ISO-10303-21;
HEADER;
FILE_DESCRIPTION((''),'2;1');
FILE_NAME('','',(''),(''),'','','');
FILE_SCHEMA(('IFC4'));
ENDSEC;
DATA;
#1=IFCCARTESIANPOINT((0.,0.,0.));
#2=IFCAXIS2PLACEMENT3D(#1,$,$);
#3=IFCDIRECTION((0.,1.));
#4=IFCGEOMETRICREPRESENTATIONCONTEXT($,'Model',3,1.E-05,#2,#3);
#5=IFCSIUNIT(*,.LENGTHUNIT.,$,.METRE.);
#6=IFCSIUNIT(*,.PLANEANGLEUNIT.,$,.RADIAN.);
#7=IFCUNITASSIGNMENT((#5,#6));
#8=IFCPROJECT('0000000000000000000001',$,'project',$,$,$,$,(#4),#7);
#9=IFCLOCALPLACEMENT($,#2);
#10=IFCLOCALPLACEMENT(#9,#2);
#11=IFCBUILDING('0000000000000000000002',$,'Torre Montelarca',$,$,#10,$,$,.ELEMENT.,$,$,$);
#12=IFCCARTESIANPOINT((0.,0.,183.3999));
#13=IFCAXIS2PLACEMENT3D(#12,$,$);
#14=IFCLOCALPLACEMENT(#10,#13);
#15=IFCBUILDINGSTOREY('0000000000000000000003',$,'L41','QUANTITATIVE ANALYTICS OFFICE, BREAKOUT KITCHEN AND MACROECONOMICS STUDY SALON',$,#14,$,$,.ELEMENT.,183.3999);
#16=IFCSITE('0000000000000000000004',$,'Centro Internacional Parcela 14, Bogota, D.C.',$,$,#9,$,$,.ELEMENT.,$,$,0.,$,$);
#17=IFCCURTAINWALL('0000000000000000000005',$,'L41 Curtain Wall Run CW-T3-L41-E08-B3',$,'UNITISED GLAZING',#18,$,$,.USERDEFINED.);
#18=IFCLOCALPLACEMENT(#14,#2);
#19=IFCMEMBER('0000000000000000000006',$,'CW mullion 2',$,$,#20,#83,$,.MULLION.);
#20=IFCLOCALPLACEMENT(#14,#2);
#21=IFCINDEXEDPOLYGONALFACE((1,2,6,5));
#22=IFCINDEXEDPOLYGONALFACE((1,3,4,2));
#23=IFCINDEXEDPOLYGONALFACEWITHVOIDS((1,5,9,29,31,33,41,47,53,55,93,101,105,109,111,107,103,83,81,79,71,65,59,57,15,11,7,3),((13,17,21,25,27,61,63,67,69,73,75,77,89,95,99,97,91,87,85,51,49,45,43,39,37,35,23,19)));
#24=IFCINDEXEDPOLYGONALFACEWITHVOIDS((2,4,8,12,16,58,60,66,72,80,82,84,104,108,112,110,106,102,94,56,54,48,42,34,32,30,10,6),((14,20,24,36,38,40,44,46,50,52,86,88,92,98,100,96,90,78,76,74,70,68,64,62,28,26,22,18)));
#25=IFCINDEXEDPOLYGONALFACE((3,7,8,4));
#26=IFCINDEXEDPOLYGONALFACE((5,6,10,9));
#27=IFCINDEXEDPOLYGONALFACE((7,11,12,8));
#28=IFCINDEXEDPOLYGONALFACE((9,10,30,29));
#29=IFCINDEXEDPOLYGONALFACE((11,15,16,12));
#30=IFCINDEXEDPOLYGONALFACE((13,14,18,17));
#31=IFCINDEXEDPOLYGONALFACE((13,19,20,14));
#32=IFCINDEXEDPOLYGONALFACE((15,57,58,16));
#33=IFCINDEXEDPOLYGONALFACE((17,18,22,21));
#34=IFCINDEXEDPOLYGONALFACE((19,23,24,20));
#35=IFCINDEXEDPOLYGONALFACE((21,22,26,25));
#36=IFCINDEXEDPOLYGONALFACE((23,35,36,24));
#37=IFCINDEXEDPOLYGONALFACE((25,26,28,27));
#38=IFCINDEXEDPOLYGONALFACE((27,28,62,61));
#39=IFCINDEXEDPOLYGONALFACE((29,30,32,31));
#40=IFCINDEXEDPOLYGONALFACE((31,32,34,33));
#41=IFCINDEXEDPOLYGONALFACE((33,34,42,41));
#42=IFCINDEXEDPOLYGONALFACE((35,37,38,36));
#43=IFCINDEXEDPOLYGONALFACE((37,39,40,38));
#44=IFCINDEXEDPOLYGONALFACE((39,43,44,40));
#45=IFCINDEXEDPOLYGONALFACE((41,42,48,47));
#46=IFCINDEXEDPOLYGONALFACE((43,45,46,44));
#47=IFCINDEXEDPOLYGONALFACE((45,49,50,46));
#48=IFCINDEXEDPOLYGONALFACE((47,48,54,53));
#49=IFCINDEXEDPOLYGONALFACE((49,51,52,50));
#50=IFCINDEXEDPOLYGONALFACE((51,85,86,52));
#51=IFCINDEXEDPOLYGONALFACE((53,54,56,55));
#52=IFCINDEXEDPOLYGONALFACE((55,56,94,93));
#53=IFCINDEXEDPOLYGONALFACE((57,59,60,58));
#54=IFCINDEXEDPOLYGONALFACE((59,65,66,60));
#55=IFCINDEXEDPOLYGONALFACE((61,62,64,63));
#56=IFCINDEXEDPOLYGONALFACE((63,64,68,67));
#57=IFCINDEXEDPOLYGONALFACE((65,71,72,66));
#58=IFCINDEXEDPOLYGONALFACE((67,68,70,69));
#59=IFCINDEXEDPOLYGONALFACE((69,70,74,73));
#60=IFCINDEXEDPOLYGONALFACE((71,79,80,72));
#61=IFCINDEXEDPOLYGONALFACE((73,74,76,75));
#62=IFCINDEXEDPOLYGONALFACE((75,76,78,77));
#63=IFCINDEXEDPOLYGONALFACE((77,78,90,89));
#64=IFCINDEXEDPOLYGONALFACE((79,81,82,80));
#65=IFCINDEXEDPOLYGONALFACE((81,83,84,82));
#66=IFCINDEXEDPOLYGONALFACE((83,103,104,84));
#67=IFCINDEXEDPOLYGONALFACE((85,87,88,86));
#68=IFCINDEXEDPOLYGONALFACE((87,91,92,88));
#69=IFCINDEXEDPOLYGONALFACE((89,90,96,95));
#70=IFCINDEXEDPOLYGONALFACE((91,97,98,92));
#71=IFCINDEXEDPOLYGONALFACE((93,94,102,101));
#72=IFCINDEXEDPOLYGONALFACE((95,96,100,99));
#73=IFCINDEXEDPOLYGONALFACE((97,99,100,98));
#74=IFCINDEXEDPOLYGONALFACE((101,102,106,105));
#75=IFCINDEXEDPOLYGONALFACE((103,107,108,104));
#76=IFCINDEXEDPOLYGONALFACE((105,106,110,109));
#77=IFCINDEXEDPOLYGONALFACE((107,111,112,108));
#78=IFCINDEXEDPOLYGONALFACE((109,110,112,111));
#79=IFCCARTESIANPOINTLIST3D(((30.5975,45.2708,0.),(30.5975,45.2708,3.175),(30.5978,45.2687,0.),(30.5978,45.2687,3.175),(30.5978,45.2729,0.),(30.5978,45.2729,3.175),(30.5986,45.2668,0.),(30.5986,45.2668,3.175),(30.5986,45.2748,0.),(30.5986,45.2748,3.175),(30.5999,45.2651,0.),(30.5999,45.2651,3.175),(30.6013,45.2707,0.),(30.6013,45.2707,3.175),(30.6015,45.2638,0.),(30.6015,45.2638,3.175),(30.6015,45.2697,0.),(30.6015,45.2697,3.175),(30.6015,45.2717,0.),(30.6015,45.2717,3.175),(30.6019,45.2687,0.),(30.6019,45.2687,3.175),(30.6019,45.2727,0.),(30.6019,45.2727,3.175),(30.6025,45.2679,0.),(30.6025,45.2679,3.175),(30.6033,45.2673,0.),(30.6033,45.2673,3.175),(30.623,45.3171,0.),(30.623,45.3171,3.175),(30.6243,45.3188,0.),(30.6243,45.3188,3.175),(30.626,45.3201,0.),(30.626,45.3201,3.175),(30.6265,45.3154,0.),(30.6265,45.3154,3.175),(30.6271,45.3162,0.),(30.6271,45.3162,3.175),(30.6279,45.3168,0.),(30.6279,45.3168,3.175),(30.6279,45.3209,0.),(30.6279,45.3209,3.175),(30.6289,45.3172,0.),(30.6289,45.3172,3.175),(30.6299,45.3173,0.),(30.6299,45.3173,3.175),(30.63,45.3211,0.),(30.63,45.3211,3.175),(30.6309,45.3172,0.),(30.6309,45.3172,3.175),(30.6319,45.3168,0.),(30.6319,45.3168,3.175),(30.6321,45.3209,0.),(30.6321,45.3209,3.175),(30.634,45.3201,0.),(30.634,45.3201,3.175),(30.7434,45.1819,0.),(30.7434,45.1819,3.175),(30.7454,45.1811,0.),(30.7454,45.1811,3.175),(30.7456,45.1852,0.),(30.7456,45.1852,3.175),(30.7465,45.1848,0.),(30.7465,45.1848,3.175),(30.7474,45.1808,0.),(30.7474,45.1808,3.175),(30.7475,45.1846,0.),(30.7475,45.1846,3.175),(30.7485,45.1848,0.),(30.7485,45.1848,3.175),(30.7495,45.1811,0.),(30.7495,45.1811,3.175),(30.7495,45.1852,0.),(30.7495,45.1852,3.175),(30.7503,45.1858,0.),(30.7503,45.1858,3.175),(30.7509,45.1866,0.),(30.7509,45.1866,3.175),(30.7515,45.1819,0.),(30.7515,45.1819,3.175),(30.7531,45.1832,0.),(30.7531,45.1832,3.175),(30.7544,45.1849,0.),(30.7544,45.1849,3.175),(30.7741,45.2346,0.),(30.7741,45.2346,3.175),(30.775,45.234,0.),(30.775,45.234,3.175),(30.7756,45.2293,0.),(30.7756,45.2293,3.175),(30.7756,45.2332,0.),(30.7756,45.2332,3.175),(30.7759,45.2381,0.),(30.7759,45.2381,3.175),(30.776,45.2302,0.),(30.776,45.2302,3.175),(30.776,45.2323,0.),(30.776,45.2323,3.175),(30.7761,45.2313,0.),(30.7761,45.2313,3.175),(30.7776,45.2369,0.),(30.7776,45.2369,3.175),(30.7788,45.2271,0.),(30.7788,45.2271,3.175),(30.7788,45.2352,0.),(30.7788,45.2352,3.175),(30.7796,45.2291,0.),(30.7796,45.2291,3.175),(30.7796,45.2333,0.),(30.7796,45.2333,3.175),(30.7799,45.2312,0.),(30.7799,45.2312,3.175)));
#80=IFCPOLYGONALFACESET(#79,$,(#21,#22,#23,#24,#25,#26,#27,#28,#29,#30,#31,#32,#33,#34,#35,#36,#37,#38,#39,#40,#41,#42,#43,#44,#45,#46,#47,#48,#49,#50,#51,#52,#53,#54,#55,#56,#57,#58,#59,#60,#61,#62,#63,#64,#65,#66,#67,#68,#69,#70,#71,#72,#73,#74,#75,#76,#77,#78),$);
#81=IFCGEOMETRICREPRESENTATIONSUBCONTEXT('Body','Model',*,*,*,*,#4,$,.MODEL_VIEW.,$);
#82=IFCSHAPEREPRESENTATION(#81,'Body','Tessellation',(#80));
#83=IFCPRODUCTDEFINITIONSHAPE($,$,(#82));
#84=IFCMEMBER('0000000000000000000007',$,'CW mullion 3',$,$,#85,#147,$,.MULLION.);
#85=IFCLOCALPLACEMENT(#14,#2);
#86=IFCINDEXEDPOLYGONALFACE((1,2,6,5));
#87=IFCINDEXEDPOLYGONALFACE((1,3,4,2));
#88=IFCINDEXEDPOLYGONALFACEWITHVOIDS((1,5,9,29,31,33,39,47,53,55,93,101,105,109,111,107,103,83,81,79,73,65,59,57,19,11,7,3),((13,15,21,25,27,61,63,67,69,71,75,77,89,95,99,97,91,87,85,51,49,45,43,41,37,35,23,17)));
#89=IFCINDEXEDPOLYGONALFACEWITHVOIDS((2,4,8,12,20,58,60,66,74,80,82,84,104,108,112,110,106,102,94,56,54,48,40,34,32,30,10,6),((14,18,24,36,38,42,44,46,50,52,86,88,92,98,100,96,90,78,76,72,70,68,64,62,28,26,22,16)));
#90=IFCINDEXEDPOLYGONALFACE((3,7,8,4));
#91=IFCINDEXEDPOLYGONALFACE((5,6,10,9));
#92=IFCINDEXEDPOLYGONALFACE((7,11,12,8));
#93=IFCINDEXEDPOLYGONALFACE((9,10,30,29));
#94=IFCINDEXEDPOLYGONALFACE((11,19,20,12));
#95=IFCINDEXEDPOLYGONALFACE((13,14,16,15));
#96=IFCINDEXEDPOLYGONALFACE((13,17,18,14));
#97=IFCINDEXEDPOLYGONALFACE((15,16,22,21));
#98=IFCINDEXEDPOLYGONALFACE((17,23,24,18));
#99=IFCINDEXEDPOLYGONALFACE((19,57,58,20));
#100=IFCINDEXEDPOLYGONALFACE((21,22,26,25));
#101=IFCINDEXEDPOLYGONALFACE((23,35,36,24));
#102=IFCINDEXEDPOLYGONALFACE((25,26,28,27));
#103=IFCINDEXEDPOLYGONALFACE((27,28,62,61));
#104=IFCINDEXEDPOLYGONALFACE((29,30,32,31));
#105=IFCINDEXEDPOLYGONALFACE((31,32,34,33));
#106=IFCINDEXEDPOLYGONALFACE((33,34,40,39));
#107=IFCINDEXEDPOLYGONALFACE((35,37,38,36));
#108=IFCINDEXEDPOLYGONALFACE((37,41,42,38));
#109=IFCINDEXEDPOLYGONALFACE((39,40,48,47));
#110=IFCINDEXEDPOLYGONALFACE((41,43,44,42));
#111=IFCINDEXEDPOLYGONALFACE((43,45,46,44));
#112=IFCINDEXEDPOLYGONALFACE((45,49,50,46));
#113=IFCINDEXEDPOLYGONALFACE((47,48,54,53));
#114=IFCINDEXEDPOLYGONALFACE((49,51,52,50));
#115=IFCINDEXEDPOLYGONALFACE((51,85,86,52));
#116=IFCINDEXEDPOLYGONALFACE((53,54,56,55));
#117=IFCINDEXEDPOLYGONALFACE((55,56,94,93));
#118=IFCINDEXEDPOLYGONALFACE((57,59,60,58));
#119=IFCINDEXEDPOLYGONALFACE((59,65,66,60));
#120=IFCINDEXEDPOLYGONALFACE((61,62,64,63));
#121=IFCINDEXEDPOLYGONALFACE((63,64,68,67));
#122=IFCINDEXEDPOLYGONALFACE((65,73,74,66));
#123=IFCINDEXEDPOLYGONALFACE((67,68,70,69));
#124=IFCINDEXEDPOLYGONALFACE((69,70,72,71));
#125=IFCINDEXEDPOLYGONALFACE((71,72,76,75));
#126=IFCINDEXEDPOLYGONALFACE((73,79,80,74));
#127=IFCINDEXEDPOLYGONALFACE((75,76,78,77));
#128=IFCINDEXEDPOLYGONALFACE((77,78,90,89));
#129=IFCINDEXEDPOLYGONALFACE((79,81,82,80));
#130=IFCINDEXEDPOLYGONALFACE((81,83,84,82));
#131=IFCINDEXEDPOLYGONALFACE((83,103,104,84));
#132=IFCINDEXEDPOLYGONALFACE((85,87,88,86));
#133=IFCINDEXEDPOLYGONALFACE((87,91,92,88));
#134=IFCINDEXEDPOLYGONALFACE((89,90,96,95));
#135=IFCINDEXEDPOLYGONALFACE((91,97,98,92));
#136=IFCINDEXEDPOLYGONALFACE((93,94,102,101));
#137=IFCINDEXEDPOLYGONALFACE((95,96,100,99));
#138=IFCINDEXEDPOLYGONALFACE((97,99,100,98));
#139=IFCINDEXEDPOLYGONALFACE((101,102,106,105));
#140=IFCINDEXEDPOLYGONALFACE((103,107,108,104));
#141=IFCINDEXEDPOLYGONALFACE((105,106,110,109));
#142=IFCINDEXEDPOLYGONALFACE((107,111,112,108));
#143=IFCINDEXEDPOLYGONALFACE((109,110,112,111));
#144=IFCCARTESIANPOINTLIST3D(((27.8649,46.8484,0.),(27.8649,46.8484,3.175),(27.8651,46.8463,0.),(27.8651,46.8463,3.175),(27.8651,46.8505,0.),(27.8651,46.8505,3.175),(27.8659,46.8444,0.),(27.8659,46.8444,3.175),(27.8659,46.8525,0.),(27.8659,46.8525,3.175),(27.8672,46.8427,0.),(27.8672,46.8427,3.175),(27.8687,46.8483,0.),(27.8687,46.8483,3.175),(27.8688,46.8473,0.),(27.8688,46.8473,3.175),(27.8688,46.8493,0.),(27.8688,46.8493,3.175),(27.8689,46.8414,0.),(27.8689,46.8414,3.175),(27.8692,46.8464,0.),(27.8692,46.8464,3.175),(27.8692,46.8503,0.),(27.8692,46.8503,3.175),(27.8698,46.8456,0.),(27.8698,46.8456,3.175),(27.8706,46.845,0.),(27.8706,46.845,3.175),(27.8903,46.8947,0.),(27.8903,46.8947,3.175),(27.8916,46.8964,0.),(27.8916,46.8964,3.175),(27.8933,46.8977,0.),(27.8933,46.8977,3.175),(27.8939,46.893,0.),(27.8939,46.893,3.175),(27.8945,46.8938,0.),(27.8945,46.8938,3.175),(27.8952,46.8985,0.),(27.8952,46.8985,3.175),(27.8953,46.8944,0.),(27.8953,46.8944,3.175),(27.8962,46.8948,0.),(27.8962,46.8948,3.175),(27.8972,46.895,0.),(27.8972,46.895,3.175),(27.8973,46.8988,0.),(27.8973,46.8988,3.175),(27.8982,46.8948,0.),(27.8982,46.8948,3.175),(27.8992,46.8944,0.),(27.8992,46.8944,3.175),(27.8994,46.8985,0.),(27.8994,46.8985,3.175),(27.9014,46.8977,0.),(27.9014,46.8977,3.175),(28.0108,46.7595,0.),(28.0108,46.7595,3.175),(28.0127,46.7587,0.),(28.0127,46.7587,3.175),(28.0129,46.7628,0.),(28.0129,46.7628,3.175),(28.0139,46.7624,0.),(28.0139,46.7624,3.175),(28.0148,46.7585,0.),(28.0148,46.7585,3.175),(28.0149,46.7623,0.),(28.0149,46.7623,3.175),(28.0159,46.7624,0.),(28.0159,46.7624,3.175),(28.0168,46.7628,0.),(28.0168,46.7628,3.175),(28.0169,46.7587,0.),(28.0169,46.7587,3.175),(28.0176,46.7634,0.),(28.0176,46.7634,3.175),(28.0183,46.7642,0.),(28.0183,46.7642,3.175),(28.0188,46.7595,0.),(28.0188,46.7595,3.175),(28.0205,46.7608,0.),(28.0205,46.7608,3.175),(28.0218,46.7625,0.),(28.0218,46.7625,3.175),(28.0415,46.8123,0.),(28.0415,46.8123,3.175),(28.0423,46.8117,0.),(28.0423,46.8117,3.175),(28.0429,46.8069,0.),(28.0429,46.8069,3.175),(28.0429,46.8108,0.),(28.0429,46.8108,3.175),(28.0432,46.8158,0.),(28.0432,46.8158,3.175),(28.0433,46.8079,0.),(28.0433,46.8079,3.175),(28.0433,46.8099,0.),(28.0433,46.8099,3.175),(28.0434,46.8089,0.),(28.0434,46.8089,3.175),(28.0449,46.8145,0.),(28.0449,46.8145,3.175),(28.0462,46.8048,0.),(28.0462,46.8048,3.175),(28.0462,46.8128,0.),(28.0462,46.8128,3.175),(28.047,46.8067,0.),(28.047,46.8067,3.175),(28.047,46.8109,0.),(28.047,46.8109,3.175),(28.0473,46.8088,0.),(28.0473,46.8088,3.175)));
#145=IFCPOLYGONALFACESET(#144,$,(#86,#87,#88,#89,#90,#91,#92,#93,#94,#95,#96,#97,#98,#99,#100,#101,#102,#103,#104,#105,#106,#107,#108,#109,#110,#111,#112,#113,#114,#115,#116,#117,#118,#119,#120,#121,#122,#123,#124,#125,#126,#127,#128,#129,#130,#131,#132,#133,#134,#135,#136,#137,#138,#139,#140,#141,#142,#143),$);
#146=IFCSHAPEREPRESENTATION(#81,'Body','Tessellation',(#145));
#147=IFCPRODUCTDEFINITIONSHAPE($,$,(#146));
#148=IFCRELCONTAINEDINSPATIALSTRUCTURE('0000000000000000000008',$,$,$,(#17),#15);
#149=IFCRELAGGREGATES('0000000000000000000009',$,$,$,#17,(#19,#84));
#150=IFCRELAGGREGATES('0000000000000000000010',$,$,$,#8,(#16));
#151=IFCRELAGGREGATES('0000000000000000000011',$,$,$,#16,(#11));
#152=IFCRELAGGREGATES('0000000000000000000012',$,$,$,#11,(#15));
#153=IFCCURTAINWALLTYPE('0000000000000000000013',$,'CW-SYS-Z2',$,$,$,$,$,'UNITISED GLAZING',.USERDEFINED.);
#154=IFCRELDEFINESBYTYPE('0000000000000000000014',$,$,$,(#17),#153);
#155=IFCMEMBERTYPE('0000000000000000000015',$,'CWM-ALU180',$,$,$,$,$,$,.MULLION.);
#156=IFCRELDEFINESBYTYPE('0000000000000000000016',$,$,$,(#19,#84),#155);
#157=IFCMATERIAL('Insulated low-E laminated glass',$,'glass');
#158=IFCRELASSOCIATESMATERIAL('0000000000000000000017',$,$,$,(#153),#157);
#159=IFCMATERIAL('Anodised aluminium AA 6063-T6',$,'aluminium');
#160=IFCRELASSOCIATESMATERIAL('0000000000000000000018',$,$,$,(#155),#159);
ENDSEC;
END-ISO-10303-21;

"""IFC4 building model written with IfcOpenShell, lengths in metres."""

from ifc_helpers import new_model, si_unit, direction, frame, origin, origin_2d, place, context, subcontext, project, spatial, hollow_rectangle, extrude, source, transform, mapped, material, material_profile, profile_set, type_object, element, aggregate, save


model = new_model("IFC4")

# Units and contexts
model_context = context("Model", 3, precision=1e-05, world=origin(), true_north=direction((0.0, 1.0)))
body_context = subcontext(model_context, "Body", "Model", "MODEL_VIEW")
ifc_project = project(units=[si_unit("LENGTHUNIT", "METRE"), si_unit("PLANEANGLEUNIT", "RADIAN")], contexts=[model_context])

# Site, building, storey
site_placement = place(None, origin())
site = spatial("IfcSite", under=ifc_project, at=site_placement, Name="Centro Internacional Parcela 14, Bogota, D.C.", CompositionType="ELEMENT", RefElevation=0.0)
building_placement = place(site_placement, origin())
building = spatial("IfcBuilding", under=site, at=building_placement, Name="Torre Montelarca", CompositionType="ELEMENT")
storey_placement = place(building_placement, frame((0.0, 0.0, 183.3999)))
storey = spatial("IfcBuildingStorey", under=building, at=storey_placement, Name="L41", Description="QUANTITATIVE ANALYTICS OFFICE, BREAKOUT KITCHEN AND MACROECONOMICS STUDY SALON", CompositionType="ELEMENT", Elevation=183.3999)

# Shared definitions
ifc_material_1 = material(Name="Insulated low-E laminated glass", Category="glass")
curtain_wall_type = type_object("IfcCurtainWallType", Name="CW-SYS-Z2", ElementType="UNITISED GLAZING", PredefinedType="USERDEFINED", material=ifc_material_1)
ifc_material_2 = material(Name="Anodised aluminium AA 6063-T6", Category="aluminium")
ifc_material_profile_1 = material_profile(ifc_material_2, hollow_rectangle(XDim=0.0649, YDim=0.1799, WallThickness=0.0039, InnerFilletRadius=0.0039, OuterFilletRadius=0.0081, at=origin_2d()), Name="ALU65X180X4", Category="aluminium")
ifc_profile_set_1 = profile_set([ifc_material_profile_1], Name="Anodised aluminium AA 6063-T6")
member_type_1 = type_object("IfcMemberType", Name="CWM-ALU180", PredefinedType="MULLION", material=ifc_profile_set_1)
shared_shape_1 = source(origin(), body_context, "Body", "SweptSolid", [
    extrude(hollow_rectangle(XDim=0.0649, YDim=0.1799, WallThickness=0.0039, InnerFilletRadius=0.0039, OuterFilletRadius=0.0081, at=origin_2d()), origin(), (0.0, 0.0, 1.0), 3.175),
])

# Curtain wall, members
curtain_wall_1_placement = place(storey_placement, origin())
curtain_wall_1 = element("IfcCurtainWall", 1, at=curtain_wall_1_placement, inside=storey, type_object=curtain_wall_type, Name="L41 Curtain Wall Run CW-T3-L41-E08-B3", ObjectType="UNITISED GLAZING", PredefinedType="USERDEFINED")
member_1_placement = place(storey_placement, frame((30.6887, 45.251, 0.0), z_axis=(0.0, 0.0, 1.0), x_axis=(-0.5, -0.866025, 0.0)))
member_1 = element("IfcMember", 2, at=member_1_placement, type_object=member_type_1, Name="CW mullion 2", PredefinedType="MULLION", context=body_context, shape_type="MappedRepresentation", body=[
    mapped(shared_shape_1, transform((0.0, 0.0, 0.0), scale=1.0)),
])
member_2_placement = place(storey_placement, frame((27.9561, 46.8286, 0.0), z_axis=(0.0, 0.0, 1.0), x_axis=(-0.5, -0.866025, 0.0)))
member_2 = element("IfcMember", 3, at=member_2_placement, type_object=member_type_1, Name="CW mullion 3", PredefinedType="MULLION", context=body_context, shape_type="MappedRepresentation", body=[
    mapped(shared_shape_1, transform((0.0, 0.0, 0.0), scale=1.0)),
])

aggregate(curtain_wall_1, [member_1, member_2])

save(model, "model.ifc")
